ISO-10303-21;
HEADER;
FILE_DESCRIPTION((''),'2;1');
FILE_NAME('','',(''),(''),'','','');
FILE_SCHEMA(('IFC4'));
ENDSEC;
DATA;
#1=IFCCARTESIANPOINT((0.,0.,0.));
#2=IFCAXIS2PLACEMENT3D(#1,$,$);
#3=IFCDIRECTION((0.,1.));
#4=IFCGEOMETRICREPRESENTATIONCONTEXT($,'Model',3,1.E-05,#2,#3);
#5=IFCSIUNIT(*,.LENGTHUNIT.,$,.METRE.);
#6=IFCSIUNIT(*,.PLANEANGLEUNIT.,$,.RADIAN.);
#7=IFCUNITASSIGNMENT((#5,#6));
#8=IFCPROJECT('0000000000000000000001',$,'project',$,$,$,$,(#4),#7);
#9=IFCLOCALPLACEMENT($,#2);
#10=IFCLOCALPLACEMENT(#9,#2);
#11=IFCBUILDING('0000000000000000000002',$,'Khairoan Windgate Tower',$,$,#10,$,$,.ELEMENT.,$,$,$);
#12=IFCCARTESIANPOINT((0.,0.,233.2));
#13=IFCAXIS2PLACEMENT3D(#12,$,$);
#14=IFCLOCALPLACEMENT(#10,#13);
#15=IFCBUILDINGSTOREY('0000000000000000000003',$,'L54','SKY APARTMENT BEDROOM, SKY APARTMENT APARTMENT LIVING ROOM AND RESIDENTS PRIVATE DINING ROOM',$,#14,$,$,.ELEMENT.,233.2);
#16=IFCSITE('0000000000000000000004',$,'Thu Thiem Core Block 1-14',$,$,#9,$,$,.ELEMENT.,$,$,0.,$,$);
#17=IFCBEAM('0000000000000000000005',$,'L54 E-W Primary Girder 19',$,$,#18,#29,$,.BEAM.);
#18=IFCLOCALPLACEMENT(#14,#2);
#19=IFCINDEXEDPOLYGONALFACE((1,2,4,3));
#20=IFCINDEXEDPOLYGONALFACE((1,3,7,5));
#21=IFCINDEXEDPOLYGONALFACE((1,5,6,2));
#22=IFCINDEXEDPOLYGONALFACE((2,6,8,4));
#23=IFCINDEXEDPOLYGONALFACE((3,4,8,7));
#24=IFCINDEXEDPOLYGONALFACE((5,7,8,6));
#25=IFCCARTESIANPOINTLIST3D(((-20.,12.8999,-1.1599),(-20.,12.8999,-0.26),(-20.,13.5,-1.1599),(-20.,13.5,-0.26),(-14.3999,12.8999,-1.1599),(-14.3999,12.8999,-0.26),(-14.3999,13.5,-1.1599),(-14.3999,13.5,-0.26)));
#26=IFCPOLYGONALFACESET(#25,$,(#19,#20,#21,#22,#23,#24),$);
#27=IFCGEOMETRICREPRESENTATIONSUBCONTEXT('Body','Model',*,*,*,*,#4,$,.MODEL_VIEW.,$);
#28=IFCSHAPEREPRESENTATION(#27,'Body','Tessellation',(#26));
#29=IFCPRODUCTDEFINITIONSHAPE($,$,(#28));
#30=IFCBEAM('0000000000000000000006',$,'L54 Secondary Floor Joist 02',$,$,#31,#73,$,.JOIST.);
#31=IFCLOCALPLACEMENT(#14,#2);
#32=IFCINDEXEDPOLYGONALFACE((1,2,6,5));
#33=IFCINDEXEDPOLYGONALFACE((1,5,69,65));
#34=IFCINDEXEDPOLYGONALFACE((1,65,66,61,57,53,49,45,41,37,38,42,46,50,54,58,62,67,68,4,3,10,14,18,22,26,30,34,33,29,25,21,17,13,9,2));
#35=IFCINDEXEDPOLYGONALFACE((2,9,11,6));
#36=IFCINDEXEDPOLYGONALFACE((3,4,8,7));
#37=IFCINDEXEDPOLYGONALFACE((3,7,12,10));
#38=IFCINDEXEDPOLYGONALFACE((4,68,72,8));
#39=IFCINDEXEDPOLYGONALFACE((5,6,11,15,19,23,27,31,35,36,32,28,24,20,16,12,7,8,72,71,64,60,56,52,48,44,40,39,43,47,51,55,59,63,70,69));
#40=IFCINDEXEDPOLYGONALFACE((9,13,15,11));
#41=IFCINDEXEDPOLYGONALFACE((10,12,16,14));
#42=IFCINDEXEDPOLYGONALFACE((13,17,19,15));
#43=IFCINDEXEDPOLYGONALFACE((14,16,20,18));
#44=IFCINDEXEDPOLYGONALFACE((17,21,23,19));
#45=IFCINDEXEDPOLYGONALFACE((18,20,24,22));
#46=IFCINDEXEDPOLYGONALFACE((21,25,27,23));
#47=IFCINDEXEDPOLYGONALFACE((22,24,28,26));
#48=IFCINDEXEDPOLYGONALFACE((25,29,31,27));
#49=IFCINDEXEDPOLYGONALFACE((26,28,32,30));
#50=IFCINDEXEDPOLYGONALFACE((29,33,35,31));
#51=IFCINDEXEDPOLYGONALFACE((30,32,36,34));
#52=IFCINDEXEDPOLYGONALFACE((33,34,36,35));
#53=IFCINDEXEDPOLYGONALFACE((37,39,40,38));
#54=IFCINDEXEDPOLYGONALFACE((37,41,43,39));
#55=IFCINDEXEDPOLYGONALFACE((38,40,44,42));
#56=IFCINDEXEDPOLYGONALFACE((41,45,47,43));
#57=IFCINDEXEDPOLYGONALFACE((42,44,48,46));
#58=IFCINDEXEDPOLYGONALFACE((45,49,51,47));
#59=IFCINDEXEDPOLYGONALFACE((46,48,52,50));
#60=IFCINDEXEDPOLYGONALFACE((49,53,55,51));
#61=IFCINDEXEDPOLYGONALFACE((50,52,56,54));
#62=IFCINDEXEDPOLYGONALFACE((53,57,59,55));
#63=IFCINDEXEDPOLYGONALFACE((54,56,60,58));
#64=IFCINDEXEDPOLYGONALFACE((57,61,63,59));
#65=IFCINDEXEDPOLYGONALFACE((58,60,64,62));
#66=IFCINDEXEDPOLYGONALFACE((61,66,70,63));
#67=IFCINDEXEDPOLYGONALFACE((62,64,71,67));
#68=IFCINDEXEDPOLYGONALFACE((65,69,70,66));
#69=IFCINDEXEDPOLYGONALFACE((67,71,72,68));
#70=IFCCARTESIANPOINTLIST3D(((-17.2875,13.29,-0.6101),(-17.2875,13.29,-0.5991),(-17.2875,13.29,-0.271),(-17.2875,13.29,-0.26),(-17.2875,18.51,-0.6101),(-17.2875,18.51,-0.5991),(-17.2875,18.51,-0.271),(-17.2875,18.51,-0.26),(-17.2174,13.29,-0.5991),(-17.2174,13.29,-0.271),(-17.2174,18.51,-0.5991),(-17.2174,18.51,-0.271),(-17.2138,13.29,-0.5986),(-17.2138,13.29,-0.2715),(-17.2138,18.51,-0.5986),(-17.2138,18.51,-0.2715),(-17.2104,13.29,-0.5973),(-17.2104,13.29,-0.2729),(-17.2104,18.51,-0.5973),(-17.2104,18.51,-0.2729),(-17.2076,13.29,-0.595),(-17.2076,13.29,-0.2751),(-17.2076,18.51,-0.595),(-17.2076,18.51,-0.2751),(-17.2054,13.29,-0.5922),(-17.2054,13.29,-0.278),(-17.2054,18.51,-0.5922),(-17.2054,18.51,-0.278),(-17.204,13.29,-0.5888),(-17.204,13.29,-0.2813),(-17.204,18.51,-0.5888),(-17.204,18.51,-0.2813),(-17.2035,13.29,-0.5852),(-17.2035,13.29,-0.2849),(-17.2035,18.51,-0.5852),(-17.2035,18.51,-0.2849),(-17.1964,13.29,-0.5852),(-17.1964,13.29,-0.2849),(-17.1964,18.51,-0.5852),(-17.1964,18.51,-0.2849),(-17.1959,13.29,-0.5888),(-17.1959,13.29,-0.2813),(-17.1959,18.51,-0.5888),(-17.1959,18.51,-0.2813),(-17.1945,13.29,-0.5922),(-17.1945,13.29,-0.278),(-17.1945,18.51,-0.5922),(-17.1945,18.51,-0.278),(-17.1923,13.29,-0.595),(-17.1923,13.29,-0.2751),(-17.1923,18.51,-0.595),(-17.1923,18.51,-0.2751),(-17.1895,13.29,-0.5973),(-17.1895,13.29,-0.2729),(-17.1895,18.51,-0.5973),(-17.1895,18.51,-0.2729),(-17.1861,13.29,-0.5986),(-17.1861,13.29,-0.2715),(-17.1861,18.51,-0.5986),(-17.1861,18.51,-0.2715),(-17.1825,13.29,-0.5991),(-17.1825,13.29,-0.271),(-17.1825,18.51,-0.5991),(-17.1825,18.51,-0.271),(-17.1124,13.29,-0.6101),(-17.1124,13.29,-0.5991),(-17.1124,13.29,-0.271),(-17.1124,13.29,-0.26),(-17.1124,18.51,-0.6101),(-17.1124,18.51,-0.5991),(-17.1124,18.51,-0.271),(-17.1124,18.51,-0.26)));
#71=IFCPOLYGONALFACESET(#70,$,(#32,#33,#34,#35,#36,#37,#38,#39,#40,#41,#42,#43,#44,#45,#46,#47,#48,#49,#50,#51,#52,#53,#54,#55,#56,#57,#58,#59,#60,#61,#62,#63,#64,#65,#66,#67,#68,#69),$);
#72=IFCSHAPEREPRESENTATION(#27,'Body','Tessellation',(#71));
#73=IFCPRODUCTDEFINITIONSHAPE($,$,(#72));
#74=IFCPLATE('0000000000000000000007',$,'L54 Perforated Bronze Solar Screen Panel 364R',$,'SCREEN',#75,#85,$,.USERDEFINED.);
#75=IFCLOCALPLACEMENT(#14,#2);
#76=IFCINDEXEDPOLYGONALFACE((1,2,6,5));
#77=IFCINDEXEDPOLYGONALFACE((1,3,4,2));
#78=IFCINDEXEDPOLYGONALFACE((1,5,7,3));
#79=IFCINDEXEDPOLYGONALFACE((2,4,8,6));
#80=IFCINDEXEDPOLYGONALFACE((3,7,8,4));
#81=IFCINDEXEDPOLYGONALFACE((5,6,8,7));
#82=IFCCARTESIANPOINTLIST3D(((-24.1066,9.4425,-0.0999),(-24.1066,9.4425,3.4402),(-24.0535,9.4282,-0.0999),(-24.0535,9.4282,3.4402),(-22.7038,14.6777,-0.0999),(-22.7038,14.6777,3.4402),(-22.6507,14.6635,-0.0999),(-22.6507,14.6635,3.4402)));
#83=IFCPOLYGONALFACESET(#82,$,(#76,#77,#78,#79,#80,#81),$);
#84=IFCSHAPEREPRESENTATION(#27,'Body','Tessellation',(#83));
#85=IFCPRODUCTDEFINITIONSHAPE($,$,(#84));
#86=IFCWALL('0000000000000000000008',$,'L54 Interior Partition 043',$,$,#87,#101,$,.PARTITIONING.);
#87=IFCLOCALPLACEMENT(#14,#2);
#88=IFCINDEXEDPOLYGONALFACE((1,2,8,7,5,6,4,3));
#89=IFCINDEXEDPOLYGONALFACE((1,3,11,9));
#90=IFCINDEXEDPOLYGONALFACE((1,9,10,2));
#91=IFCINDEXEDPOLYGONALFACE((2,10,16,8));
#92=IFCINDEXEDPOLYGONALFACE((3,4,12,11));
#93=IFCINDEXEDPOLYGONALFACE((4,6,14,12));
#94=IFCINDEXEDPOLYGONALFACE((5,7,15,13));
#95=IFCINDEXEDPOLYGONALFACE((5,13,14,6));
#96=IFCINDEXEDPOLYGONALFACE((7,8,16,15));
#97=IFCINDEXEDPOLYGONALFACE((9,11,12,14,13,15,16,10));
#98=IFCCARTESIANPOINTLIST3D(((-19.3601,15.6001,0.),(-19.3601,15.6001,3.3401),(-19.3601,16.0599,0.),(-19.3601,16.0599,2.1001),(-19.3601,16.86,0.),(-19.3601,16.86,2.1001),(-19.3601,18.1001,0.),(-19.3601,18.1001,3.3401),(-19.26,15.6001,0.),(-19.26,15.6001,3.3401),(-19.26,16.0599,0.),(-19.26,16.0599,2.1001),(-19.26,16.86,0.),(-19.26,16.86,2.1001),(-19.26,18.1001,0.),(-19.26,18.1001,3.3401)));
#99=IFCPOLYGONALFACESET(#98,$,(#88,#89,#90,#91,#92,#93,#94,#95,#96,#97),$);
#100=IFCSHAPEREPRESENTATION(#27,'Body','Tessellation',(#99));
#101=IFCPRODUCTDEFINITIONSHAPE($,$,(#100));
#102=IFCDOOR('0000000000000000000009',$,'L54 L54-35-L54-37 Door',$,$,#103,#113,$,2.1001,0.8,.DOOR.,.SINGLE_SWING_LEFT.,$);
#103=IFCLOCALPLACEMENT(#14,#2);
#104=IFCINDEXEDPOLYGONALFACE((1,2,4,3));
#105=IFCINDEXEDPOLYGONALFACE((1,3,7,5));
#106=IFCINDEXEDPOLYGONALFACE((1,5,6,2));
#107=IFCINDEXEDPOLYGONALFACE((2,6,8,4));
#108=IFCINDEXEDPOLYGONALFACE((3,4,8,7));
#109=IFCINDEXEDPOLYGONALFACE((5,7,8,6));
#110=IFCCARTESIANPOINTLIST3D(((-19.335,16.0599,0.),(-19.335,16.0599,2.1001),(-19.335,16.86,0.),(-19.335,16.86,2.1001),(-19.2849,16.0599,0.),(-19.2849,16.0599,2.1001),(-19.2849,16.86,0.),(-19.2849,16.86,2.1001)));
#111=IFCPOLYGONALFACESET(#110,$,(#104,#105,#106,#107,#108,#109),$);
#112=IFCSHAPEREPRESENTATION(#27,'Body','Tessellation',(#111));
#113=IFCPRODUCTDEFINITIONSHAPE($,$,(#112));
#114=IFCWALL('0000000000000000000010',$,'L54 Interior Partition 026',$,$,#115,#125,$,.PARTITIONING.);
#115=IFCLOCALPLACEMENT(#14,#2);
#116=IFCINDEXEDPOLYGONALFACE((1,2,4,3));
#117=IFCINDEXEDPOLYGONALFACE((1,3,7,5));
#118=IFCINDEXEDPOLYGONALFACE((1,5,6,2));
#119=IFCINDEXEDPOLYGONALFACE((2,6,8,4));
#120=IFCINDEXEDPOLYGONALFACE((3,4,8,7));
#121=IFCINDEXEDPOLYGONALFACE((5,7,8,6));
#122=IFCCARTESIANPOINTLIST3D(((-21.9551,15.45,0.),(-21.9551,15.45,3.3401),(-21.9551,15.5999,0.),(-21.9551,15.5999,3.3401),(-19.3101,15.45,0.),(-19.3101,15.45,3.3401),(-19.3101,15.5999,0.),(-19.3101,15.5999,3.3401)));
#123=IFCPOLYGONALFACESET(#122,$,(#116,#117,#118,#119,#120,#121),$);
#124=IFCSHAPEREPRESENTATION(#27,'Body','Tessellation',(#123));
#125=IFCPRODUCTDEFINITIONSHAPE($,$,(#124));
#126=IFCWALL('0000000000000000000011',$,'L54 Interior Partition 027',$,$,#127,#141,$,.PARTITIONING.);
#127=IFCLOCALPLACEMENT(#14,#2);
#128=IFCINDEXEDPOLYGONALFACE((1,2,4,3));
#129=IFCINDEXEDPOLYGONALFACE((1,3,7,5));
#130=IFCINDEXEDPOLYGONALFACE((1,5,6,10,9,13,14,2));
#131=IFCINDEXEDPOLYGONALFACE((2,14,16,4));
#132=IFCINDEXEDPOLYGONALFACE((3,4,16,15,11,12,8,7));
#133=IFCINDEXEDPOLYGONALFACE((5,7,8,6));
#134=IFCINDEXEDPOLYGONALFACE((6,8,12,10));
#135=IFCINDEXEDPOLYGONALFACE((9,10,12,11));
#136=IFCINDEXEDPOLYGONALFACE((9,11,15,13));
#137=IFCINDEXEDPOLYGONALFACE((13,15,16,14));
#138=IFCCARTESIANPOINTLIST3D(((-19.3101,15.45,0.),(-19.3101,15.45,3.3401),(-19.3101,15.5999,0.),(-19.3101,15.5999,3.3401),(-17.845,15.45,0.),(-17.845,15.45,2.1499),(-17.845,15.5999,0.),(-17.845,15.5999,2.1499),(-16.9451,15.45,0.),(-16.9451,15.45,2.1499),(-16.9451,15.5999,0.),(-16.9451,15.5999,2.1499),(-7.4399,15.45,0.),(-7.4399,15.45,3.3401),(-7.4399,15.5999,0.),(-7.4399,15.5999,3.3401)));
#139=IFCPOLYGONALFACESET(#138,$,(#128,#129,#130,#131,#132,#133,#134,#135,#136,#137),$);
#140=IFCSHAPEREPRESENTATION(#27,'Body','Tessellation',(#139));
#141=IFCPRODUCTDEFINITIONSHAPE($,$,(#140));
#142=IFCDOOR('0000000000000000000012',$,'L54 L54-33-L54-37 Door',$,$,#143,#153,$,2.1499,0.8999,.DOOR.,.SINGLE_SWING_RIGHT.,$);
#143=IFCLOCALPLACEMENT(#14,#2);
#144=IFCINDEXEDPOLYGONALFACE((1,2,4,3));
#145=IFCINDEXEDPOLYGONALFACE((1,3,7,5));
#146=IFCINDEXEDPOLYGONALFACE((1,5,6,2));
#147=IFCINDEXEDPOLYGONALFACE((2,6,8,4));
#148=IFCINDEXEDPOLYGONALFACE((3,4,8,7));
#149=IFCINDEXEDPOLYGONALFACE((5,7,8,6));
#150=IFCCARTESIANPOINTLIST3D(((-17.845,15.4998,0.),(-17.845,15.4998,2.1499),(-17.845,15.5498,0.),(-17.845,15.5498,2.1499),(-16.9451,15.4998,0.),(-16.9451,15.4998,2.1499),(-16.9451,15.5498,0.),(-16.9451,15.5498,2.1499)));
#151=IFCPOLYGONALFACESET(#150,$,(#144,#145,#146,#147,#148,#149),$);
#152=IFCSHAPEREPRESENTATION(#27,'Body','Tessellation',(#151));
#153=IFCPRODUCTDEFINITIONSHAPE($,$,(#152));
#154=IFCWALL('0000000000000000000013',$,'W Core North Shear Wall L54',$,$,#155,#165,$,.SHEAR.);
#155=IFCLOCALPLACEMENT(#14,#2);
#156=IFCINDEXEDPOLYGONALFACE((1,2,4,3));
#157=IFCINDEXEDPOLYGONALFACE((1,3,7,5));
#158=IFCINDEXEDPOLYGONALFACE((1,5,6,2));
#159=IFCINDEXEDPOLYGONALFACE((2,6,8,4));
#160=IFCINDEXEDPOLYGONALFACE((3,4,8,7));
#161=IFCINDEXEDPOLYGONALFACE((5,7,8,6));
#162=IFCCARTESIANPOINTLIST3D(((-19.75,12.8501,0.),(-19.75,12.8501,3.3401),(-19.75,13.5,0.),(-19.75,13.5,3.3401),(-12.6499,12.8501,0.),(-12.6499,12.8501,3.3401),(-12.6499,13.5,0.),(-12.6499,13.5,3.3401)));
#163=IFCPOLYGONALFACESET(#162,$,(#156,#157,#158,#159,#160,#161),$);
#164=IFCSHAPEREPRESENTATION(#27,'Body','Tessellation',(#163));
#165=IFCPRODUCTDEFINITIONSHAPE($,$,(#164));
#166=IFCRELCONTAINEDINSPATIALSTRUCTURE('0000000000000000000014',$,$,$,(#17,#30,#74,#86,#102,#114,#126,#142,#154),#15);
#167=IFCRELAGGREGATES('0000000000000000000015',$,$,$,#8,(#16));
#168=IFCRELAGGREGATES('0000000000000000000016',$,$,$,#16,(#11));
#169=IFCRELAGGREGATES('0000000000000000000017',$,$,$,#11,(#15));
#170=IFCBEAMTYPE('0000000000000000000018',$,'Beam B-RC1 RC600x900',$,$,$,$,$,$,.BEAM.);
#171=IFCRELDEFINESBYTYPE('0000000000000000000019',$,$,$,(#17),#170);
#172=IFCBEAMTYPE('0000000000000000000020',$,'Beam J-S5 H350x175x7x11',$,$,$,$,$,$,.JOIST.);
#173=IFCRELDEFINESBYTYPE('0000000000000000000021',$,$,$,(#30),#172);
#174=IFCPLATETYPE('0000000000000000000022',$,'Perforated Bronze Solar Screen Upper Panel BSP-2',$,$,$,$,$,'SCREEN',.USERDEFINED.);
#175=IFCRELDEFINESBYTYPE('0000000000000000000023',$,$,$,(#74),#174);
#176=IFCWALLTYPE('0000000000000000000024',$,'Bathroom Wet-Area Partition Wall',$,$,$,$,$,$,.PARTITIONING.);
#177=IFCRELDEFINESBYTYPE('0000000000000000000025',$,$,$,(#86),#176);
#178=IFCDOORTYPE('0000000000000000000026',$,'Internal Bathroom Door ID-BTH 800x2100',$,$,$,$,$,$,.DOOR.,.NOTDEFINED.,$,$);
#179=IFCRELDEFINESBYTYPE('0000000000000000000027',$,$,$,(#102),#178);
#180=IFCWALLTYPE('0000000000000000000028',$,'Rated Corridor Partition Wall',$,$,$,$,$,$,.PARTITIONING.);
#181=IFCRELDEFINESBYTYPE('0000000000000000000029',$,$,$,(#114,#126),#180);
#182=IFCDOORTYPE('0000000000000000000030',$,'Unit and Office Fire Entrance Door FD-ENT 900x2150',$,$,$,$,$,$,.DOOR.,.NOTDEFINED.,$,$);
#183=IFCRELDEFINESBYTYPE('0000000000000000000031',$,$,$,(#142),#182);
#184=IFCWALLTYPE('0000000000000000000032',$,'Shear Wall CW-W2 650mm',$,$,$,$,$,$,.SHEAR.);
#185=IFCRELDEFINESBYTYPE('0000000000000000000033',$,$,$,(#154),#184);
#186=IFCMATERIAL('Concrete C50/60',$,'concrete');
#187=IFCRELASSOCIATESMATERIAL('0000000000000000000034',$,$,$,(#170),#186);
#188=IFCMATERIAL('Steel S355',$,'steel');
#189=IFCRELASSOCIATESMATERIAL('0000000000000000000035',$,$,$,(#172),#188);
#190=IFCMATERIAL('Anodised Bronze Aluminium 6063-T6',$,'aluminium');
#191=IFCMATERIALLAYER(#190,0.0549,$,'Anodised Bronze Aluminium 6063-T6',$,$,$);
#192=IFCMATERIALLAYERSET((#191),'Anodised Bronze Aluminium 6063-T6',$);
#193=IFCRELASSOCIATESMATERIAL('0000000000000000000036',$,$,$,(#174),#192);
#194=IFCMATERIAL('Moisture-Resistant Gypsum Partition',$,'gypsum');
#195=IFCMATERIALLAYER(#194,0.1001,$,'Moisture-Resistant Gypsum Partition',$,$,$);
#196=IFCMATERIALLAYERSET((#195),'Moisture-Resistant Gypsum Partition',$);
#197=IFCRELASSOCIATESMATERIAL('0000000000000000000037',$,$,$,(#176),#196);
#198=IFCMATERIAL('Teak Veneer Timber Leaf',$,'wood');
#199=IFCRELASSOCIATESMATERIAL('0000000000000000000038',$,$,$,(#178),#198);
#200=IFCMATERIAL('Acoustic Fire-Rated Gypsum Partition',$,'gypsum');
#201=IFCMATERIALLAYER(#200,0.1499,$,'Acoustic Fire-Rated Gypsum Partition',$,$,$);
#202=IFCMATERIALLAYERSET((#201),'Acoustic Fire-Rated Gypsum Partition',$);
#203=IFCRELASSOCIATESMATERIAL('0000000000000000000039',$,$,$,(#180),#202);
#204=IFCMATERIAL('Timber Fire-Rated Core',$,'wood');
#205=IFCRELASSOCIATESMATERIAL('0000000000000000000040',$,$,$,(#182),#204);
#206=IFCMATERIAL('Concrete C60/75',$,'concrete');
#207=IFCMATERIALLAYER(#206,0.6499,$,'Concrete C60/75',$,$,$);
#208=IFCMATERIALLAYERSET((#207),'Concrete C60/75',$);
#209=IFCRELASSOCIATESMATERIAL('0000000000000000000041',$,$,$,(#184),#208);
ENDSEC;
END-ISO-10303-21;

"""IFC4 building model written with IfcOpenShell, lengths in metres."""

from ifc_helpers import new_model, si_unit, direction, frame, frame_2d, origin, origin_2d, place, context, subcontext, project, spatial, rectangle, i_section, extrude, material, layer, layer_set, material_profile, profile_set, type_object, element, fill, save


model = new_model("IFC4")

# Units and contexts
model_context = context("Model", 3, precision=1e-05, world=origin(), true_north=direction((0.0, 1.0)))
body_context = subcontext(model_context, "Body", "Model", "MODEL_VIEW")
ifc_project = project(units=[si_unit("LENGTHUNIT", "METRE"), si_unit("PLANEANGLEUNIT", "RADIAN")], contexts=[model_context])

# Site, building, storey
site_placement = place(None, origin())
site = spatial("IfcSite", under=ifc_project, at=site_placement, Name="Thu Thiem Core Block 1-14", CompositionType="ELEMENT", RefElevation=0.0)
building_placement = place(site_placement, origin())
building = spatial("IfcBuilding", under=site, at=building_placement, Name="Khairoan Windgate Tower", CompositionType="ELEMENT")
storey_placement = place(building_placement, frame((0.0, 0.0, 233.2)))
storey = spatial("IfcBuildingStorey", under=building, at=storey_placement, Name="L54", Description="SKY APARTMENT BEDROOM, SKY APARTMENT APARTMENT LIVING ROOM AND RESIDENTS PRIVATE DINING ROOM", CompositionType="ELEMENT", Elevation=233.2)

# Beams
ifc_material_1 = material(Name="Concrete C50/60", Category="concrete")
ifc_material_profile_1 = material_profile(ifc_material_1, rectangle(XDim=0.6001, YDim=0.8999, at=origin_2d()))
ifc_profile_set_1 = profile_set([ifc_material_profile_1], Name="Concrete C50/60")
beam_type_1 = type_object("IfcBeamType", Name="Beam B-RC1 RC600x900", PredefinedType="BEAM", material=ifc_profile_set_1)
beam_1_placement = place(storey_placement, frame((-20.0, 13.2, -0.71), z_axis=(1.0, 0.0, 0.0), x_axis=(0.0, 1.0, 0.0)))
element("IfcBeam", 1, at=beam_1_placement, inside=storey, type_object=beam_type_1, Name="L54 E-W Primary Girder 19", PredefinedType="BEAM", context=body_context, shape_type="SweptSolid", body=[
    extrude(rectangle(XDim=0.6001, YDim=0.8999, at=origin_2d()), origin(), (0.0, 0.0, 1.0), 5.6001),
])
ifc_material_2 = material(Name="Steel S355", Category="steel")
ifc_material_profile_2 = material_profile(ifc_material_2, i_section(OverallWidth=0.175, OverallDepth=0.3501, WebThickness=0.0071, FlangeThickness=0.011, FilletRadius=0.0139, at=origin_2d()))
ifc_profile_set_2 = profile_set([ifc_material_profile_2], Name="Steel S355")
beam_type_2 = type_object("IfcBeamType", Name="Beam J-S5 H350x175x7x11", PredefinedType="JOIST", material=ifc_profile_set_2)
beam_2_placement = place(storey_placement, frame((-17.2, 13.29, -0.4351), z_axis=(0.0, 1.0, 0.0), x_axis=(-1.0, 0.0, 0.0)))
element("IfcBeam", 2, at=beam_2_placement, inside=storey, type_object=beam_type_2, Name="L54 Secondary Floor Joist 02", PredefinedType="JOIST", context=body_context, shape_type="SweptSolid", body=[
    extrude(i_section(OverallWidth=0.175, OverallDepth=0.3501, WebThickness=0.0071, FlangeThickness=0.011, FilletRadius=0.0139, at=origin_2d()), origin(), (0.0, 0.0, 1.0), 5.22),
])

# Plate
ifc_material_3 = material(Name="Anodised Bronze Aluminium 6063-T6", Category="aluminium")
ifc_layer_1 = layer(ifc_material_3, 0.0549, Name="Anodised Bronze Aluminium 6063-T6")
ifc_layer_set_1 = layer_set([ifc_layer_1], Name="Anodised Bronze Aluminium 6063-T6")
plate_type = type_object("IfcPlateType", Name="Perforated Bronze Solar Screen Upper Panel BSP-2", ElementType="SCREEN", PredefinedType="USERDEFINED", material=ifc_layer_set_1)
plate_placement = place(storey_placement, frame((-23.3787, 12.053, -0.0999), z_axis=(0.0, 0.0, 1.0), x_axis=(0.258819, 0.965926, 0.0)))
element("IfcPlate", 3, at=plate_placement, inside=storey, type_object=plate_type, Name="L54 Perforated Bronze Solar Screen Panel 364R", ObjectType="SCREEN", PredefinedType="USERDEFINED", context=body_context, shape_type="SweptSolid", body=[
    extrude(rectangle(XDim=5.4199, YDim=0.0549, at=origin_2d()), origin(), (0.0, 0.0, 1.0), 3.54),
])

# Wall, opening, door
ifc_material_4 = material(Name="Moisture-Resistant Gypsum Partition", Category="gypsum")
ifc_layer_2 = layer(ifc_material_4, 0.1001, Name="Moisture-Resistant Gypsum Partition")
ifc_layer_set_2 = layer_set([ifc_layer_2], Name="Moisture-Resistant Gypsum Partition")
wall_type_1 = type_object("IfcWallType", Name="Bathroom Wet-Area Partition Wall", PredefinedType="PARTITIONING", material=ifc_layer_set_2)
wall_1_placement = place(storey_placement, frame((-19.3101, 15.6001, 0.0), z_axis=(0.0, 0.0, 1.0), x_axis=(0.0, 1.0, 0.0)))
wall_1 = element("IfcWall", 4, at=wall_1_placement, inside=storey, type_object=wall_type_1, Name="L54 Interior Partition 043", PredefinedType="PARTITIONING", context=body_context, shape_type="SweptSolid", body=[
    extrude(rectangle(XDim=2.5, YDim=0.1001, at=frame_2d((1.25, 0.0))), origin(), (0.0, 0.0, 1.0), 3.3401),
])
opening_1_placement = place(wall_1_placement, frame((0.46, 0.0, 0.0)))
opening_1 = element("IfcOpeningElement", 5, at=opening_1_placement, cuts=wall_1, PredefinedType="OPENING", context=body_context, shape_type="SweptSolid", body=[
    extrude(rectangle(XDim=0.8, YDim=2.1001, at=frame_2d((0.3999, 1.05))), frame((0.0, 0.0601, 0.0), z_axis=(0.0, -1.0, 0.0), x_axis=(1.0, 0.0, 0.0)), (0.0, 0.0, 1.0), 0.1201),
])
ifc_material_5 = material(Name="Teak Veneer Timber Leaf", Category="wood")
door_type_1 = type_object("IfcDoorType", Name="Internal Bathroom Door ID-BTH 800x2100", OperationType="NOTDEFINED", PredefinedType="DOOR", material=ifc_material_5)
door_1_placement = place(opening_1_placement, origin())
door_1 = element("IfcDoor", 6, at=door_1_placement, inside=storey, type_object=door_type_1, Name="L54 L54-35-L54-37 Door", OperationType="SINGLE_SWING_LEFT", OverallHeight=2.1001, OverallWidth=0.8, PredefinedType="DOOR", context=body_context, shape_type="SweptSolid", body=[
    extrude(rectangle(XDim=0.8, YDim=2.1001, at=frame_2d((0.3999, 1.05))), frame((0.0, 0.0249, 0.0), z_axis=(0.0, -1.0, 0.0), x_axis=(1.0, 0.0, 0.0)), (0.0, 0.0, 1.0), 0.05),
])
fill(opening_1, door_1)

# Wall
ifc_material_6 = material(Name="Acoustic Fire-Rated Gypsum Partition", Category="gypsum")
ifc_layer_3 = layer(ifc_material_6, 0.1499, Name="Acoustic Fire-Rated Gypsum Partition")
ifc_layer_set_3 = layer_set([ifc_layer_3], Name="Acoustic Fire-Rated Gypsum Partition")
wall_type_2 = type_object("IfcWallType", Name="Rated Corridor Partition Wall", PredefinedType="PARTITIONING", material=ifc_layer_set_3)
wall_2_placement = place(storey_placement, frame((-21.9551, 15.5249, 0.0), z_axis=(0.0, 0.0, 1.0), x_axis=(1.0, 0.0, 0.0)))
element("IfcWall", 7, at=wall_2_placement, inside=storey, type_object=wall_type_2, Name="L54 Interior Partition 026", PredefinedType="PARTITIONING", context=body_context, shape_type="SweptSolid", body=[
    extrude(rectangle(XDim=2.645, YDim=0.1499, at=frame_2d((1.3225, 0.0))), origin(), (0.0, 0.0, 1.0), 3.3401),
])

# Wall, opening, door
wall_3_placement = place(storey_placement, frame((-19.3101, 15.5249, 0.0), z_axis=(0.0, 0.0, 1.0), x_axis=(1.0, 0.0, 0.0)))
wall_3 = element("IfcWall", 8, at=wall_3_placement, inside=storey, type_object=wall_type_2, Name="L54 Interior Partition 027", PredefinedType="PARTITIONING", context=body_context, shape_type="SweptSolid", body=[
    extrude(rectangle(XDim=11.8701, YDim=0.1499, at=frame_2d((5.9351, 0.0))), origin(), (0.0, 0.0, 1.0), 3.3401),
])
opening_2_placement = place(wall_3_placement, frame((1.4651, 0.0, 0.0)))
opening_2 = element("IfcOpeningElement", 9, at=opening_2_placement, cuts=wall_3, PredefinedType="OPENING", context=body_context, shape_type="SweptSolid", body=[
    extrude(rectangle(XDim=0.8999, YDim=2.1499, at=frame_2d((0.45, 1.075))), frame((0.0, 0.085, 0.0), z_axis=(0.0, -1.0, 0.0), x_axis=(1.0, 0.0, 0.0)), (0.0, 0.0, 1.0), 0.1699),
])
ifc_material_7 = material(Name="Timber Fire-Rated Core", Category="wood")
door_type_2 = type_object("IfcDoorType", Name="Unit and Office Fire Entrance Door FD-ENT 900x2150", OperationType="NOTDEFINED", PredefinedType="DOOR", material=ifc_material_7)
door_2_placement = place(opening_2_placement, origin())
door_2 = element("IfcDoor", 10, at=door_2_placement, inside=storey, type_object=door_type_2, Name="L54 L54-33-L54-37 Door", OperationType="SINGLE_SWING_RIGHT", OverallHeight=2.1499, OverallWidth=0.8999, PredefinedType="DOOR", context=body_context, shape_type="SweptSolid", body=[
    extrude(rectangle(XDim=0.8999, YDim=2.1499, at=frame_2d((0.45, 1.075))), frame((0.0, 0.0249, 0.0), z_axis=(0.0, -1.0, 0.0), x_axis=(1.0, 0.0, 0.0)), (0.0, 0.0, 1.0), 0.05),
])
fill(opening_2, door_2)

# Wall
ifc_material_8 = material(Name="Concrete C60/75", Category="concrete")
ifc_layer_4 = layer(ifc_material_8, 0.6499, Name="Concrete C60/75")
ifc_layer_set_4 = layer_set([ifc_layer_4], Name="Concrete C60/75")
wall_type_3 = type_object("IfcWallType", Name="Shear Wall CW-W2 650mm", PredefinedType="SHEAR", material=ifc_layer_set_4)
wall_4_placement = place(storey_placement, frame((-19.75, 13.175, 0.0), z_axis=(0.0, 0.0, 1.0), x_axis=(1.0, 0.0, 0.0)))
element("IfcWall", 11, at=wall_4_placement, inside=storey, type_object=wall_type_3, Name="W Core North Shear Wall L54", PredefinedType="SHEAR", context=body_context, shape_type="SweptSolid", body=[
    extrude(rectangle(XDim=7.1001, YDim=0.6499, at=frame_2d((3.55, 0.0))), origin(), (0.0, 0.0, 1.0), 3.3401),
])

save(model, "model.ifc")
